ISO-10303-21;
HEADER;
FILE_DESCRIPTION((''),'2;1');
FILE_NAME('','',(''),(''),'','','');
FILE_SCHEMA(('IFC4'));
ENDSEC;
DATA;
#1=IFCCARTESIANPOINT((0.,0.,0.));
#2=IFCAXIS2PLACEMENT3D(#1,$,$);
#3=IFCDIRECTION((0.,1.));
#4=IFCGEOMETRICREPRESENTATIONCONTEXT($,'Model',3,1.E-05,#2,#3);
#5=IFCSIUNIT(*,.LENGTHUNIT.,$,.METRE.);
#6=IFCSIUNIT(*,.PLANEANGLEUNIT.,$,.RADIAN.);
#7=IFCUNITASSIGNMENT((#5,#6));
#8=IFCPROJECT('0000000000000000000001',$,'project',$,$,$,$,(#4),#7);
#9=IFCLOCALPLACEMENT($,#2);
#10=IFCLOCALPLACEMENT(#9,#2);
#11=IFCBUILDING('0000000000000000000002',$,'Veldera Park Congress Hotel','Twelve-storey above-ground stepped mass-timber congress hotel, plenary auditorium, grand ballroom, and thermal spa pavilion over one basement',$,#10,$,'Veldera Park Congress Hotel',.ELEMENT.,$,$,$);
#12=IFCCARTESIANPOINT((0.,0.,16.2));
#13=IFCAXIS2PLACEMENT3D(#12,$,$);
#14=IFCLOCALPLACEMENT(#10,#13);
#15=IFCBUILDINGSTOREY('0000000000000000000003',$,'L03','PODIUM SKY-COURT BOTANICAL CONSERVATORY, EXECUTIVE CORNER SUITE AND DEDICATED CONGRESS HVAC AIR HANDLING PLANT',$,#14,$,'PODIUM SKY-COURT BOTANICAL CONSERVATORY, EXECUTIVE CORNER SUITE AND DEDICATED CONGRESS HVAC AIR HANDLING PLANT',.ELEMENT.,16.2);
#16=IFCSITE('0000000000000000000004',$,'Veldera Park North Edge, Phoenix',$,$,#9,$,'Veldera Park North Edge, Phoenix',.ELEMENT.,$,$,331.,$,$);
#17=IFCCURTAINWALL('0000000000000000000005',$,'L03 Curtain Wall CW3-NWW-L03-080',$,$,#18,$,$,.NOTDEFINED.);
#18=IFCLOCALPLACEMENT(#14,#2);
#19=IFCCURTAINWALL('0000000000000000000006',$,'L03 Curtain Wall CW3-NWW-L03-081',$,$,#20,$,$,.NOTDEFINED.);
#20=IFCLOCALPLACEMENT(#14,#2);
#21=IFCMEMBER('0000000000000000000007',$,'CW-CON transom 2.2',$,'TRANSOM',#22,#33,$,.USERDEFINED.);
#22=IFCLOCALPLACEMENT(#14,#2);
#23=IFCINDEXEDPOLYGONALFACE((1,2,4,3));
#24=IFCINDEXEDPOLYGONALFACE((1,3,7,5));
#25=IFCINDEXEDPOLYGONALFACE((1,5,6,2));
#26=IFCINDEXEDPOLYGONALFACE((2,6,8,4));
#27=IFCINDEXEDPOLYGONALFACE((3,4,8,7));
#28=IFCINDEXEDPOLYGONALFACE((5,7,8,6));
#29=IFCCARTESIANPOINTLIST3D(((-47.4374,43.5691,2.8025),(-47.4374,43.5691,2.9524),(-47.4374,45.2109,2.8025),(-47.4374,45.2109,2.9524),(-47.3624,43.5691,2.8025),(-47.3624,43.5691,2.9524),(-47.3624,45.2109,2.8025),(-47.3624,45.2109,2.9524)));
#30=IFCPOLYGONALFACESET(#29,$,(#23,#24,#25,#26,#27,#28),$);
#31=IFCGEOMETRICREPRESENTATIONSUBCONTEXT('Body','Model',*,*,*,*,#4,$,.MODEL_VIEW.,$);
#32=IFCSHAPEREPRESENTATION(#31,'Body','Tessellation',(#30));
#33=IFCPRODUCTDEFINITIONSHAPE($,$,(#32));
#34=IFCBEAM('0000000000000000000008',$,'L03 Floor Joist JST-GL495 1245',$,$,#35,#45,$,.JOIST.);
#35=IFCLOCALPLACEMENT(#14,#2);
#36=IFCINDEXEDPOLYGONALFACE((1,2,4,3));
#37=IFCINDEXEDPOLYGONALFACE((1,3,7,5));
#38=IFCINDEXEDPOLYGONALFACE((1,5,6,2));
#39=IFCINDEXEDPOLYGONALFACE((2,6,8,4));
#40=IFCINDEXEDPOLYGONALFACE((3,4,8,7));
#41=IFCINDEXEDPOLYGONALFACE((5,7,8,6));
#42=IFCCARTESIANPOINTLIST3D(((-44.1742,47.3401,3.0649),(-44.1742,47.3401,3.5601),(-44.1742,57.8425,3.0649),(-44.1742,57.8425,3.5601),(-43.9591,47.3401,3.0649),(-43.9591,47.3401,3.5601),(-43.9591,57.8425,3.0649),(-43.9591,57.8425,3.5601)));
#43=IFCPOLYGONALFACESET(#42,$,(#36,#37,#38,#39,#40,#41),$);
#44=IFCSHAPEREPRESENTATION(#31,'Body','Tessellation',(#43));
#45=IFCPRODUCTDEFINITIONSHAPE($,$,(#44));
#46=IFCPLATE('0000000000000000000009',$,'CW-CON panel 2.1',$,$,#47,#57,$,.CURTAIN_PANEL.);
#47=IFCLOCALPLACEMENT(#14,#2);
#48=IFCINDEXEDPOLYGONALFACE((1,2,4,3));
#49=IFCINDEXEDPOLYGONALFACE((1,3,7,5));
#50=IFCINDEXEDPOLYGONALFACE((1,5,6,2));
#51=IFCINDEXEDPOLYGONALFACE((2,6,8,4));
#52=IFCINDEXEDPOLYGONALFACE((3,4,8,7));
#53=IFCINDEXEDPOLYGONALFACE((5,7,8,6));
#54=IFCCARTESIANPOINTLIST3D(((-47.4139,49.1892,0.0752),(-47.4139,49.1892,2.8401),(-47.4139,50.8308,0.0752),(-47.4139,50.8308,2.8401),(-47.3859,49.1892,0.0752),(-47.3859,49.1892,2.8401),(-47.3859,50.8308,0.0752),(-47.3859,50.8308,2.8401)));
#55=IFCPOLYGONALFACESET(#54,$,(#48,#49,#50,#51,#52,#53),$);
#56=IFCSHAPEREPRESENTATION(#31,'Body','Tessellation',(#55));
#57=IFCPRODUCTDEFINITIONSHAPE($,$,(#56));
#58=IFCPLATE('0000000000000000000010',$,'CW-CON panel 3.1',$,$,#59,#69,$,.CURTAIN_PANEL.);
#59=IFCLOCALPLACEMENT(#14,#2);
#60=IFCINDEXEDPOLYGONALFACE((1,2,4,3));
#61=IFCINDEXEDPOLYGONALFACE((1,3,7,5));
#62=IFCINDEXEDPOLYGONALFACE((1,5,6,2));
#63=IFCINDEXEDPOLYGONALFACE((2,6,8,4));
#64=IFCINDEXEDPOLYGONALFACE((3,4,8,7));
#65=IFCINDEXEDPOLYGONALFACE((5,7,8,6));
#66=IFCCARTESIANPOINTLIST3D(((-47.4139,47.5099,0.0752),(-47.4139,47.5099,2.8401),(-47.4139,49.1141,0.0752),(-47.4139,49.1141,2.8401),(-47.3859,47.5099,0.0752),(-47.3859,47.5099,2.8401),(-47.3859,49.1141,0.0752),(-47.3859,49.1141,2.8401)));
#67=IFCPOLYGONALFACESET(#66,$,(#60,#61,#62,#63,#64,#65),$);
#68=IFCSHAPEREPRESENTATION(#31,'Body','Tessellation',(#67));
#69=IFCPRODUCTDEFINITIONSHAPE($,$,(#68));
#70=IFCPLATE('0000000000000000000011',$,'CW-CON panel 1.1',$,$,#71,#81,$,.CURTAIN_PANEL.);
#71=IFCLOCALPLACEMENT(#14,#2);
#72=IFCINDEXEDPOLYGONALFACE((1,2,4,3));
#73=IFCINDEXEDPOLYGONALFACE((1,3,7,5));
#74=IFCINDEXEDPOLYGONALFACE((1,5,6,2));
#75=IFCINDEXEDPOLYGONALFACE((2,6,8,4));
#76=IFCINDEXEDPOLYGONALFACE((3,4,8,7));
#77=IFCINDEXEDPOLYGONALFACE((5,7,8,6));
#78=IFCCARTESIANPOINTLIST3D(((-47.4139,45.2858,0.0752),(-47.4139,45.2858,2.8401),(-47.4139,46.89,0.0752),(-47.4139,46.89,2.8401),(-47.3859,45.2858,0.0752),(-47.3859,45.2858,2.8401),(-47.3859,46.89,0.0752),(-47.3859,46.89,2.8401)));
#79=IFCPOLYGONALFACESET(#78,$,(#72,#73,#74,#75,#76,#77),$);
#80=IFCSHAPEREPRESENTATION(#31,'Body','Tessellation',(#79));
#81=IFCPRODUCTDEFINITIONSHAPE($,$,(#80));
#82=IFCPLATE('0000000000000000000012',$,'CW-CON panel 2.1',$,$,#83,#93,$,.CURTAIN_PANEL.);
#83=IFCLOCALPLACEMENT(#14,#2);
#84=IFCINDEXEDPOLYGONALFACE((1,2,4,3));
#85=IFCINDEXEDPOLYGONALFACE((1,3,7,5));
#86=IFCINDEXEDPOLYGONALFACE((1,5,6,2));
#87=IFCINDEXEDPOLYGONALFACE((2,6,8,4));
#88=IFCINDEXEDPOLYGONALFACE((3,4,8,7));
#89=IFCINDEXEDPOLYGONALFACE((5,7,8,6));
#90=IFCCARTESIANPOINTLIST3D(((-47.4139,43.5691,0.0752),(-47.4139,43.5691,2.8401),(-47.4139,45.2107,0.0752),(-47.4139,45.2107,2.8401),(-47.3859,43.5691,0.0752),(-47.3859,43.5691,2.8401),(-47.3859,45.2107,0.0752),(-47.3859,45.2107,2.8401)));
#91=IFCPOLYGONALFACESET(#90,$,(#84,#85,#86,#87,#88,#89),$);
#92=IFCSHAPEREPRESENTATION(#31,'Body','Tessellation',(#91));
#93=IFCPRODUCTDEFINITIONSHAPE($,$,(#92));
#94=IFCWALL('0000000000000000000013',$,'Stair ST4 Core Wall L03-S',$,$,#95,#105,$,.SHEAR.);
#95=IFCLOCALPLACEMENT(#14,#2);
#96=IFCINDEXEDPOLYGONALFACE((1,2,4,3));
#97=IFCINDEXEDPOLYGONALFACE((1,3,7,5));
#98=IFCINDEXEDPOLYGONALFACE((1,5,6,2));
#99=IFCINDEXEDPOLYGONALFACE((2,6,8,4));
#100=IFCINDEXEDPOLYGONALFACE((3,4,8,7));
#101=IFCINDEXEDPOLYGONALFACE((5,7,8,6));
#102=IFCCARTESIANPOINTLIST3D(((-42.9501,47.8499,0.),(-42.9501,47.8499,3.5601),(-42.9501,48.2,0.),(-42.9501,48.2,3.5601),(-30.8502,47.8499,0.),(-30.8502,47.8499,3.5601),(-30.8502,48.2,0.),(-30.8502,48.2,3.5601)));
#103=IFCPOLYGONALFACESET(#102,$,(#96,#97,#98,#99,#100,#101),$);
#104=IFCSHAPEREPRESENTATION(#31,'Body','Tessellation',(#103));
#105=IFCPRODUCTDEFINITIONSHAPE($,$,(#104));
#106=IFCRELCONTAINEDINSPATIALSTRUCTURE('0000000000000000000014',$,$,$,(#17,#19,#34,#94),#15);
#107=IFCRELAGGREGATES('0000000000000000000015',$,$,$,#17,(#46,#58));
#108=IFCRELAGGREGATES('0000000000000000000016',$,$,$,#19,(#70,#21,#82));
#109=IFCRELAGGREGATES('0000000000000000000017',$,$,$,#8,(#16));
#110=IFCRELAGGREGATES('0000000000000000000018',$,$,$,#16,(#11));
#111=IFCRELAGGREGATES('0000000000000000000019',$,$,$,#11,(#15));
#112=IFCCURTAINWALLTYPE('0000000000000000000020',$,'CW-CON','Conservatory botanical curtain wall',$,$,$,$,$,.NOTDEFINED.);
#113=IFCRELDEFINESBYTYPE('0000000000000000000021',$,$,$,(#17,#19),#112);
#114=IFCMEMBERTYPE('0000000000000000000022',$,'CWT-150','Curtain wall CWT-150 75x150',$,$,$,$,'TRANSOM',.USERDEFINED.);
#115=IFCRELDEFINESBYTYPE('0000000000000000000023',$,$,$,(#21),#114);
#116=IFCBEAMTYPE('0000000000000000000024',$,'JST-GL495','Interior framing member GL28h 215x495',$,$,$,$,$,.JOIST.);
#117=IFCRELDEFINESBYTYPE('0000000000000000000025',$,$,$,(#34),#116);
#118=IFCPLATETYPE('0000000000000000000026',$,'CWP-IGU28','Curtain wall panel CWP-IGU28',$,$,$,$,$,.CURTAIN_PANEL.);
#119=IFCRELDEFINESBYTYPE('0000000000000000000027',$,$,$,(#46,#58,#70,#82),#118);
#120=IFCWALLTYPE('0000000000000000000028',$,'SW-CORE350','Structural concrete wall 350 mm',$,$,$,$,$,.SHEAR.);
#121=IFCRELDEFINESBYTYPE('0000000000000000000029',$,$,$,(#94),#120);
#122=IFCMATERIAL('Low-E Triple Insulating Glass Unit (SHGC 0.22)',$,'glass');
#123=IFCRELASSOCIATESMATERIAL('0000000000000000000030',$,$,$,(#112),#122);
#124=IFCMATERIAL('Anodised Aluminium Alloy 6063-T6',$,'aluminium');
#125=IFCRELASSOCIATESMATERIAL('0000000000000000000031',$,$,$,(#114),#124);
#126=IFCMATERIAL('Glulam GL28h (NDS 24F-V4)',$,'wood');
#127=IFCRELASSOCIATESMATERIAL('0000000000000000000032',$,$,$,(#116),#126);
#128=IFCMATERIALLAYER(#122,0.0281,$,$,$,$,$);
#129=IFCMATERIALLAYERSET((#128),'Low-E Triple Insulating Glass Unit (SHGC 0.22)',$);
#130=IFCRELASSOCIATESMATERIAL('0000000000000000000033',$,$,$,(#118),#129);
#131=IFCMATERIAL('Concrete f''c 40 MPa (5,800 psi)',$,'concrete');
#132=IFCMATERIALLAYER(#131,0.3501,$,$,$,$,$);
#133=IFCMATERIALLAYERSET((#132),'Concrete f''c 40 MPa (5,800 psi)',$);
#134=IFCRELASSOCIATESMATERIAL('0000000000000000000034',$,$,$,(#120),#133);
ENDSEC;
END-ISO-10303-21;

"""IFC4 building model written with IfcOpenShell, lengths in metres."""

from ifc_helpers import new_model, si_unit, direction, frame, frame_2d, origin, origin_2d, place, context, subcontext, project, spatial, rectangle, extrude, material, layer, layer_set, material_profile, profile_set, type_object, element, aggregate, save


model = new_model("IFC4")

# Units and contexts
model_context = context("Model", 3, precision=1e-05, world=origin(), true_north=direction((0.0, 1.0)))
body_context = subcontext(model_context, "Body", "Model", "MODEL_VIEW")
ifc_project = project(units=[si_unit("LENGTHUNIT", "METRE"), si_unit("PLANEANGLEUNIT", "RADIAN")], contexts=[model_context])

# Site, building, storey
site_placement = place(None, origin())
site = spatial("IfcSite", under=ifc_project, at=site_placement, Name="Veldera Park North Edge, Phoenix", LongName="Veldera Park North Edge, Phoenix", CompositionType="ELEMENT", RefElevation=331.0)
building_placement = place(site_placement, origin())
building = spatial("IfcBuilding", under=site, at=building_placement, Name="Veldera Park Congress Hotel", Description="Twelve-storey above-ground stepped mass-timber congress hotel, plenary auditorium, grand ballroom, and thermal spa pavilion over one basement", LongName="Veldera Park Congress Hotel", CompositionType="ELEMENT")
storey_placement = place(building_placement, frame((0.0, 0.0, 16.2)))
storey = spatial("IfcBuildingStorey", under=building, at=storey_placement, Name="L03", Description="PODIUM SKY-COURT BOTANICAL CONSERVATORY, EXECUTIVE CORNER SUITE AND DEDICATED CONGRESS HVAC AIR HANDLING PLANT", LongName="PODIUM SKY-COURT BOTANICAL CONSERVATORY, EXECUTIVE CORNER SUITE AND DEDICATED CONGRESS HVAC AIR HANDLING PLANT", CompositionType="ELEMENT", Elevation=16.2)

# Shared definitions
ifc_material_1 = material(Name="Glulam GL28h (NDS 24F-V4)", Category="wood")

# Curtain walls
ifc_material_2 = material(Name="Low-E Triple Insulating Glass Unit (SHGC 0.22)", Category="glass")
curtain_wall_type = type_object("IfcCurtainWallType", Name="CW-CON", Description="Conservatory botanical curtain wall", PredefinedType="NOTDEFINED", material=ifc_material_2)
curtain_wall_1_placement = place(storey_placement, origin())
curtain_wall_1 = element("IfcCurtainWall", 1, at=curtain_wall_1_placement, inside=storey, type_object=curtain_wall_type, Name="L03 Curtain Wall CW3-NWW-L03-080", PredefinedType="NOTDEFINED")
ifc_material_3 = material(Name="Anodised Aluminium Alloy 6063-T6", Category="aluminium")
curtain_wall_2_placement = place(storey_placement, origin())
curtain_wall_2 = element("IfcCurtainWall", 2, at=curtain_wall_2_placement, inside=storey, type_object=curtain_wall_type, Name="L03 Curtain Wall CW3-NWW-L03-081", PredefinedType="NOTDEFINED")

# Member
ifc_material_profile_1 = material_profile(ifc_material_3, rectangle(XDim=0.075, YDim=0.1499, at=origin_2d()), Name="ALU 75x150")
ifc_profile_set_1 = profile_set([ifc_material_profile_1], Name="Anodised Aluminium Alloy 6063-T6")
member_type_1 = type_object("IfcMemberType", Name="CWT-150", Description="Curtain wall CWT-150 75x150", ElementType="TRANSOM", PredefinedType="USERDEFINED", material=ifc_profile_set_1)
member_1_placement = place(storey_placement, frame((-47.3999, 45.2109, 2.8774), z_axis=(0.0, -1.0, 0.0), x_axis=(1.0, 0.0, 0.0)))
member_1 = element("IfcMember", 3, at=member_1_placement, type_object=member_type_1, Name="CW-CON transom 2.2", ObjectType="TRANSOM", PredefinedType="USERDEFINED", context=body_context, shape_type="SweptSolid", body=[
    extrude(rectangle(XDim=0.075, YDim=0.1499, at=origin_2d()), origin(), (0.0, 0.0, 1.0), 1.6418),
])

# Beam
ifc_material_profile_2 = material_profile(ifc_material_1, rectangle(XDim=0.2151, YDim=0.4951, at=origin_2d()), Name="GL28h 215x495")
ifc_profile_set_2 = profile_set([ifc_material_profile_2], Name="Glulam GL28h (NDS 24F-V4)")
beam_type_1 = type_object("IfcBeamType", Name="JST-GL495", Description="Interior framing member GL28h 215x495", PredefinedType="JOIST", material=ifc_profile_set_2)
beam_1_placement = place(storey_placement, frame((-44.0667, 47.3401, 3.3125), z_axis=(0.0, 1.0, 0.0), x_axis=(-1.0, 0.0, 0.0)))
element("IfcBeam", 4, at=beam_1_placement, inside=storey, type_object=beam_type_1, Name="L03 Floor Joist JST-GL495 1245", PredefinedType="JOIST", context=body_context, shape_type="SweptSolid", body=[
    extrude(rectangle(XDim=0.2151, YDim=0.4951, at=origin_2d()), origin(), (0.0, 0.0, 1.0), 10.5024),
])

# Plates
ifc_layer_1 = layer(ifc_material_2, 0.0281)
ifc_layer_set_1 = layer_set([ifc_layer_1], Name="Low-E Triple Insulating Glass Unit (SHGC 0.22)")
plate_type = type_object("IfcPlateType", Name="CWP-IGU28", Description="Curtain wall panel CWP-IGU28", PredefinedType="CURTAIN_PANEL", material=ifc_layer_set_1)
plate_1_placement = place(storey_placement, frame((-47.3999, 50.01, 0.0752), z_axis=(0.0, 0.0, 1.0), x_axis=(0.0, -1.0, 0.0)))
plate_1 = element("IfcPlate", 5, at=plate_1_placement, type_object=plate_type, Name="CW-CON panel 2.1", PredefinedType="CURTAIN_PANEL", context=body_context, shape_type="SweptSolid", body=[
    extrude(rectangle(XDim=1.6416, YDim=0.0281, at=origin_2d()), origin(), (0.0, 0.0, 1.0), 2.7649),
])
plate_2_placement = place(storey_placement, frame((-47.3999, 48.312, 0.0752), z_axis=(0.0, 0.0, 1.0), x_axis=(0.0, -1.0, 0.0)))
plate_2 = element("IfcPlate", 6, at=plate_2_placement, type_object=plate_type, Name="CW-CON panel 3.1", PredefinedType="CURTAIN_PANEL", context=body_context, shape_type="SweptSolid", body=[
    extrude(rectangle(XDim=1.6042, YDim=0.0281, at=origin_2d()), origin(), (0.0, 0.0, 1.0), 2.7649),
])
aggregate(curtain_wall_1, [plate_1, plate_2])
plate_3_placement = place(storey_placement, frame((-47.3999, 46.0879, 0.0752), z_axis=(0.0, 0.0, 1.0), x_axis=(0.0, -1.0, 0.0)))
plate_3 = element("IfcPlate", 7, at=plate_3_placement, type_object=plate_type, Name="CW-CON panel 1.1", PredefinedType="CURTAIN_PANEL", context=body_context, shape_type="SweptSolid", body=[
    extrude(rectangle(XDim=1.6042, YDim=0.0281, at=origin_2d()), origin(), (0.0, 0.0, 1.0), 2.7649),
])
plate_4_placement = place(storey_placement, frame((-47.3999, 44.3899, 0.0752), z_axis=(0.0, 0.0, 1.0), x_axis=(0.0, -1.0, 0.0)))
plate_4 = element("IfcPlate", 8, at=plate_4_placement, type_object=plate_type, Name="CW-CON panel 2.1", PredefinedType="CURTAIN_PANEL", context=body_context, shape_type="SweptSolid", body=[
    extrude(rectangle(XDim=1.6416, YDim=0.0281, at=origin_2d()), origin(), (0.0, 0.0, 1.0), 2.7649),
])
aggregate(curtain_wall_2, [plate_3, member_1, plate_4])

# Wall
ifc_material_4 = material(Name="Concrete f'c 40 MPa (5,800 psi)", Category="concrete")
ifc_layer_2 = layer(ifc_material_4, 0.3501)
ifc_layer_set_2 = layer_set([ifc_layer_2], Name="Concrete f'c 40 MPa (5,800 psi)")
wall_type = type_object("IfcWallType", Name="SW-CORE350", Description="Structural concrete wall 350 mm", PredefinedType="SHEAR", material=ifc_layer_set_2)
wall_placement = place(storey_placement, frame((-42.95, 48.0249, 0.0), z_axis=(0.0, 0.0, 1.0), x_axis=(1.0, 0.0, 0.0)))
element("IfcWall", 9, at=wall_placement, inside=storey, type_object=wall_type, Name="Stair ST4 Core Wall L03-S", PredefinedType="SHEAR", context=body_context, shape_type="SweptSolid", body=[
    extrude(rectangle(XDim=12.0999, YDim=0.3501, at=frame_2d((6.0498, 0.0))), origin(), (0.0, 0.0, 1.0), 3.5601),
])

save(model, "model.ifc")
